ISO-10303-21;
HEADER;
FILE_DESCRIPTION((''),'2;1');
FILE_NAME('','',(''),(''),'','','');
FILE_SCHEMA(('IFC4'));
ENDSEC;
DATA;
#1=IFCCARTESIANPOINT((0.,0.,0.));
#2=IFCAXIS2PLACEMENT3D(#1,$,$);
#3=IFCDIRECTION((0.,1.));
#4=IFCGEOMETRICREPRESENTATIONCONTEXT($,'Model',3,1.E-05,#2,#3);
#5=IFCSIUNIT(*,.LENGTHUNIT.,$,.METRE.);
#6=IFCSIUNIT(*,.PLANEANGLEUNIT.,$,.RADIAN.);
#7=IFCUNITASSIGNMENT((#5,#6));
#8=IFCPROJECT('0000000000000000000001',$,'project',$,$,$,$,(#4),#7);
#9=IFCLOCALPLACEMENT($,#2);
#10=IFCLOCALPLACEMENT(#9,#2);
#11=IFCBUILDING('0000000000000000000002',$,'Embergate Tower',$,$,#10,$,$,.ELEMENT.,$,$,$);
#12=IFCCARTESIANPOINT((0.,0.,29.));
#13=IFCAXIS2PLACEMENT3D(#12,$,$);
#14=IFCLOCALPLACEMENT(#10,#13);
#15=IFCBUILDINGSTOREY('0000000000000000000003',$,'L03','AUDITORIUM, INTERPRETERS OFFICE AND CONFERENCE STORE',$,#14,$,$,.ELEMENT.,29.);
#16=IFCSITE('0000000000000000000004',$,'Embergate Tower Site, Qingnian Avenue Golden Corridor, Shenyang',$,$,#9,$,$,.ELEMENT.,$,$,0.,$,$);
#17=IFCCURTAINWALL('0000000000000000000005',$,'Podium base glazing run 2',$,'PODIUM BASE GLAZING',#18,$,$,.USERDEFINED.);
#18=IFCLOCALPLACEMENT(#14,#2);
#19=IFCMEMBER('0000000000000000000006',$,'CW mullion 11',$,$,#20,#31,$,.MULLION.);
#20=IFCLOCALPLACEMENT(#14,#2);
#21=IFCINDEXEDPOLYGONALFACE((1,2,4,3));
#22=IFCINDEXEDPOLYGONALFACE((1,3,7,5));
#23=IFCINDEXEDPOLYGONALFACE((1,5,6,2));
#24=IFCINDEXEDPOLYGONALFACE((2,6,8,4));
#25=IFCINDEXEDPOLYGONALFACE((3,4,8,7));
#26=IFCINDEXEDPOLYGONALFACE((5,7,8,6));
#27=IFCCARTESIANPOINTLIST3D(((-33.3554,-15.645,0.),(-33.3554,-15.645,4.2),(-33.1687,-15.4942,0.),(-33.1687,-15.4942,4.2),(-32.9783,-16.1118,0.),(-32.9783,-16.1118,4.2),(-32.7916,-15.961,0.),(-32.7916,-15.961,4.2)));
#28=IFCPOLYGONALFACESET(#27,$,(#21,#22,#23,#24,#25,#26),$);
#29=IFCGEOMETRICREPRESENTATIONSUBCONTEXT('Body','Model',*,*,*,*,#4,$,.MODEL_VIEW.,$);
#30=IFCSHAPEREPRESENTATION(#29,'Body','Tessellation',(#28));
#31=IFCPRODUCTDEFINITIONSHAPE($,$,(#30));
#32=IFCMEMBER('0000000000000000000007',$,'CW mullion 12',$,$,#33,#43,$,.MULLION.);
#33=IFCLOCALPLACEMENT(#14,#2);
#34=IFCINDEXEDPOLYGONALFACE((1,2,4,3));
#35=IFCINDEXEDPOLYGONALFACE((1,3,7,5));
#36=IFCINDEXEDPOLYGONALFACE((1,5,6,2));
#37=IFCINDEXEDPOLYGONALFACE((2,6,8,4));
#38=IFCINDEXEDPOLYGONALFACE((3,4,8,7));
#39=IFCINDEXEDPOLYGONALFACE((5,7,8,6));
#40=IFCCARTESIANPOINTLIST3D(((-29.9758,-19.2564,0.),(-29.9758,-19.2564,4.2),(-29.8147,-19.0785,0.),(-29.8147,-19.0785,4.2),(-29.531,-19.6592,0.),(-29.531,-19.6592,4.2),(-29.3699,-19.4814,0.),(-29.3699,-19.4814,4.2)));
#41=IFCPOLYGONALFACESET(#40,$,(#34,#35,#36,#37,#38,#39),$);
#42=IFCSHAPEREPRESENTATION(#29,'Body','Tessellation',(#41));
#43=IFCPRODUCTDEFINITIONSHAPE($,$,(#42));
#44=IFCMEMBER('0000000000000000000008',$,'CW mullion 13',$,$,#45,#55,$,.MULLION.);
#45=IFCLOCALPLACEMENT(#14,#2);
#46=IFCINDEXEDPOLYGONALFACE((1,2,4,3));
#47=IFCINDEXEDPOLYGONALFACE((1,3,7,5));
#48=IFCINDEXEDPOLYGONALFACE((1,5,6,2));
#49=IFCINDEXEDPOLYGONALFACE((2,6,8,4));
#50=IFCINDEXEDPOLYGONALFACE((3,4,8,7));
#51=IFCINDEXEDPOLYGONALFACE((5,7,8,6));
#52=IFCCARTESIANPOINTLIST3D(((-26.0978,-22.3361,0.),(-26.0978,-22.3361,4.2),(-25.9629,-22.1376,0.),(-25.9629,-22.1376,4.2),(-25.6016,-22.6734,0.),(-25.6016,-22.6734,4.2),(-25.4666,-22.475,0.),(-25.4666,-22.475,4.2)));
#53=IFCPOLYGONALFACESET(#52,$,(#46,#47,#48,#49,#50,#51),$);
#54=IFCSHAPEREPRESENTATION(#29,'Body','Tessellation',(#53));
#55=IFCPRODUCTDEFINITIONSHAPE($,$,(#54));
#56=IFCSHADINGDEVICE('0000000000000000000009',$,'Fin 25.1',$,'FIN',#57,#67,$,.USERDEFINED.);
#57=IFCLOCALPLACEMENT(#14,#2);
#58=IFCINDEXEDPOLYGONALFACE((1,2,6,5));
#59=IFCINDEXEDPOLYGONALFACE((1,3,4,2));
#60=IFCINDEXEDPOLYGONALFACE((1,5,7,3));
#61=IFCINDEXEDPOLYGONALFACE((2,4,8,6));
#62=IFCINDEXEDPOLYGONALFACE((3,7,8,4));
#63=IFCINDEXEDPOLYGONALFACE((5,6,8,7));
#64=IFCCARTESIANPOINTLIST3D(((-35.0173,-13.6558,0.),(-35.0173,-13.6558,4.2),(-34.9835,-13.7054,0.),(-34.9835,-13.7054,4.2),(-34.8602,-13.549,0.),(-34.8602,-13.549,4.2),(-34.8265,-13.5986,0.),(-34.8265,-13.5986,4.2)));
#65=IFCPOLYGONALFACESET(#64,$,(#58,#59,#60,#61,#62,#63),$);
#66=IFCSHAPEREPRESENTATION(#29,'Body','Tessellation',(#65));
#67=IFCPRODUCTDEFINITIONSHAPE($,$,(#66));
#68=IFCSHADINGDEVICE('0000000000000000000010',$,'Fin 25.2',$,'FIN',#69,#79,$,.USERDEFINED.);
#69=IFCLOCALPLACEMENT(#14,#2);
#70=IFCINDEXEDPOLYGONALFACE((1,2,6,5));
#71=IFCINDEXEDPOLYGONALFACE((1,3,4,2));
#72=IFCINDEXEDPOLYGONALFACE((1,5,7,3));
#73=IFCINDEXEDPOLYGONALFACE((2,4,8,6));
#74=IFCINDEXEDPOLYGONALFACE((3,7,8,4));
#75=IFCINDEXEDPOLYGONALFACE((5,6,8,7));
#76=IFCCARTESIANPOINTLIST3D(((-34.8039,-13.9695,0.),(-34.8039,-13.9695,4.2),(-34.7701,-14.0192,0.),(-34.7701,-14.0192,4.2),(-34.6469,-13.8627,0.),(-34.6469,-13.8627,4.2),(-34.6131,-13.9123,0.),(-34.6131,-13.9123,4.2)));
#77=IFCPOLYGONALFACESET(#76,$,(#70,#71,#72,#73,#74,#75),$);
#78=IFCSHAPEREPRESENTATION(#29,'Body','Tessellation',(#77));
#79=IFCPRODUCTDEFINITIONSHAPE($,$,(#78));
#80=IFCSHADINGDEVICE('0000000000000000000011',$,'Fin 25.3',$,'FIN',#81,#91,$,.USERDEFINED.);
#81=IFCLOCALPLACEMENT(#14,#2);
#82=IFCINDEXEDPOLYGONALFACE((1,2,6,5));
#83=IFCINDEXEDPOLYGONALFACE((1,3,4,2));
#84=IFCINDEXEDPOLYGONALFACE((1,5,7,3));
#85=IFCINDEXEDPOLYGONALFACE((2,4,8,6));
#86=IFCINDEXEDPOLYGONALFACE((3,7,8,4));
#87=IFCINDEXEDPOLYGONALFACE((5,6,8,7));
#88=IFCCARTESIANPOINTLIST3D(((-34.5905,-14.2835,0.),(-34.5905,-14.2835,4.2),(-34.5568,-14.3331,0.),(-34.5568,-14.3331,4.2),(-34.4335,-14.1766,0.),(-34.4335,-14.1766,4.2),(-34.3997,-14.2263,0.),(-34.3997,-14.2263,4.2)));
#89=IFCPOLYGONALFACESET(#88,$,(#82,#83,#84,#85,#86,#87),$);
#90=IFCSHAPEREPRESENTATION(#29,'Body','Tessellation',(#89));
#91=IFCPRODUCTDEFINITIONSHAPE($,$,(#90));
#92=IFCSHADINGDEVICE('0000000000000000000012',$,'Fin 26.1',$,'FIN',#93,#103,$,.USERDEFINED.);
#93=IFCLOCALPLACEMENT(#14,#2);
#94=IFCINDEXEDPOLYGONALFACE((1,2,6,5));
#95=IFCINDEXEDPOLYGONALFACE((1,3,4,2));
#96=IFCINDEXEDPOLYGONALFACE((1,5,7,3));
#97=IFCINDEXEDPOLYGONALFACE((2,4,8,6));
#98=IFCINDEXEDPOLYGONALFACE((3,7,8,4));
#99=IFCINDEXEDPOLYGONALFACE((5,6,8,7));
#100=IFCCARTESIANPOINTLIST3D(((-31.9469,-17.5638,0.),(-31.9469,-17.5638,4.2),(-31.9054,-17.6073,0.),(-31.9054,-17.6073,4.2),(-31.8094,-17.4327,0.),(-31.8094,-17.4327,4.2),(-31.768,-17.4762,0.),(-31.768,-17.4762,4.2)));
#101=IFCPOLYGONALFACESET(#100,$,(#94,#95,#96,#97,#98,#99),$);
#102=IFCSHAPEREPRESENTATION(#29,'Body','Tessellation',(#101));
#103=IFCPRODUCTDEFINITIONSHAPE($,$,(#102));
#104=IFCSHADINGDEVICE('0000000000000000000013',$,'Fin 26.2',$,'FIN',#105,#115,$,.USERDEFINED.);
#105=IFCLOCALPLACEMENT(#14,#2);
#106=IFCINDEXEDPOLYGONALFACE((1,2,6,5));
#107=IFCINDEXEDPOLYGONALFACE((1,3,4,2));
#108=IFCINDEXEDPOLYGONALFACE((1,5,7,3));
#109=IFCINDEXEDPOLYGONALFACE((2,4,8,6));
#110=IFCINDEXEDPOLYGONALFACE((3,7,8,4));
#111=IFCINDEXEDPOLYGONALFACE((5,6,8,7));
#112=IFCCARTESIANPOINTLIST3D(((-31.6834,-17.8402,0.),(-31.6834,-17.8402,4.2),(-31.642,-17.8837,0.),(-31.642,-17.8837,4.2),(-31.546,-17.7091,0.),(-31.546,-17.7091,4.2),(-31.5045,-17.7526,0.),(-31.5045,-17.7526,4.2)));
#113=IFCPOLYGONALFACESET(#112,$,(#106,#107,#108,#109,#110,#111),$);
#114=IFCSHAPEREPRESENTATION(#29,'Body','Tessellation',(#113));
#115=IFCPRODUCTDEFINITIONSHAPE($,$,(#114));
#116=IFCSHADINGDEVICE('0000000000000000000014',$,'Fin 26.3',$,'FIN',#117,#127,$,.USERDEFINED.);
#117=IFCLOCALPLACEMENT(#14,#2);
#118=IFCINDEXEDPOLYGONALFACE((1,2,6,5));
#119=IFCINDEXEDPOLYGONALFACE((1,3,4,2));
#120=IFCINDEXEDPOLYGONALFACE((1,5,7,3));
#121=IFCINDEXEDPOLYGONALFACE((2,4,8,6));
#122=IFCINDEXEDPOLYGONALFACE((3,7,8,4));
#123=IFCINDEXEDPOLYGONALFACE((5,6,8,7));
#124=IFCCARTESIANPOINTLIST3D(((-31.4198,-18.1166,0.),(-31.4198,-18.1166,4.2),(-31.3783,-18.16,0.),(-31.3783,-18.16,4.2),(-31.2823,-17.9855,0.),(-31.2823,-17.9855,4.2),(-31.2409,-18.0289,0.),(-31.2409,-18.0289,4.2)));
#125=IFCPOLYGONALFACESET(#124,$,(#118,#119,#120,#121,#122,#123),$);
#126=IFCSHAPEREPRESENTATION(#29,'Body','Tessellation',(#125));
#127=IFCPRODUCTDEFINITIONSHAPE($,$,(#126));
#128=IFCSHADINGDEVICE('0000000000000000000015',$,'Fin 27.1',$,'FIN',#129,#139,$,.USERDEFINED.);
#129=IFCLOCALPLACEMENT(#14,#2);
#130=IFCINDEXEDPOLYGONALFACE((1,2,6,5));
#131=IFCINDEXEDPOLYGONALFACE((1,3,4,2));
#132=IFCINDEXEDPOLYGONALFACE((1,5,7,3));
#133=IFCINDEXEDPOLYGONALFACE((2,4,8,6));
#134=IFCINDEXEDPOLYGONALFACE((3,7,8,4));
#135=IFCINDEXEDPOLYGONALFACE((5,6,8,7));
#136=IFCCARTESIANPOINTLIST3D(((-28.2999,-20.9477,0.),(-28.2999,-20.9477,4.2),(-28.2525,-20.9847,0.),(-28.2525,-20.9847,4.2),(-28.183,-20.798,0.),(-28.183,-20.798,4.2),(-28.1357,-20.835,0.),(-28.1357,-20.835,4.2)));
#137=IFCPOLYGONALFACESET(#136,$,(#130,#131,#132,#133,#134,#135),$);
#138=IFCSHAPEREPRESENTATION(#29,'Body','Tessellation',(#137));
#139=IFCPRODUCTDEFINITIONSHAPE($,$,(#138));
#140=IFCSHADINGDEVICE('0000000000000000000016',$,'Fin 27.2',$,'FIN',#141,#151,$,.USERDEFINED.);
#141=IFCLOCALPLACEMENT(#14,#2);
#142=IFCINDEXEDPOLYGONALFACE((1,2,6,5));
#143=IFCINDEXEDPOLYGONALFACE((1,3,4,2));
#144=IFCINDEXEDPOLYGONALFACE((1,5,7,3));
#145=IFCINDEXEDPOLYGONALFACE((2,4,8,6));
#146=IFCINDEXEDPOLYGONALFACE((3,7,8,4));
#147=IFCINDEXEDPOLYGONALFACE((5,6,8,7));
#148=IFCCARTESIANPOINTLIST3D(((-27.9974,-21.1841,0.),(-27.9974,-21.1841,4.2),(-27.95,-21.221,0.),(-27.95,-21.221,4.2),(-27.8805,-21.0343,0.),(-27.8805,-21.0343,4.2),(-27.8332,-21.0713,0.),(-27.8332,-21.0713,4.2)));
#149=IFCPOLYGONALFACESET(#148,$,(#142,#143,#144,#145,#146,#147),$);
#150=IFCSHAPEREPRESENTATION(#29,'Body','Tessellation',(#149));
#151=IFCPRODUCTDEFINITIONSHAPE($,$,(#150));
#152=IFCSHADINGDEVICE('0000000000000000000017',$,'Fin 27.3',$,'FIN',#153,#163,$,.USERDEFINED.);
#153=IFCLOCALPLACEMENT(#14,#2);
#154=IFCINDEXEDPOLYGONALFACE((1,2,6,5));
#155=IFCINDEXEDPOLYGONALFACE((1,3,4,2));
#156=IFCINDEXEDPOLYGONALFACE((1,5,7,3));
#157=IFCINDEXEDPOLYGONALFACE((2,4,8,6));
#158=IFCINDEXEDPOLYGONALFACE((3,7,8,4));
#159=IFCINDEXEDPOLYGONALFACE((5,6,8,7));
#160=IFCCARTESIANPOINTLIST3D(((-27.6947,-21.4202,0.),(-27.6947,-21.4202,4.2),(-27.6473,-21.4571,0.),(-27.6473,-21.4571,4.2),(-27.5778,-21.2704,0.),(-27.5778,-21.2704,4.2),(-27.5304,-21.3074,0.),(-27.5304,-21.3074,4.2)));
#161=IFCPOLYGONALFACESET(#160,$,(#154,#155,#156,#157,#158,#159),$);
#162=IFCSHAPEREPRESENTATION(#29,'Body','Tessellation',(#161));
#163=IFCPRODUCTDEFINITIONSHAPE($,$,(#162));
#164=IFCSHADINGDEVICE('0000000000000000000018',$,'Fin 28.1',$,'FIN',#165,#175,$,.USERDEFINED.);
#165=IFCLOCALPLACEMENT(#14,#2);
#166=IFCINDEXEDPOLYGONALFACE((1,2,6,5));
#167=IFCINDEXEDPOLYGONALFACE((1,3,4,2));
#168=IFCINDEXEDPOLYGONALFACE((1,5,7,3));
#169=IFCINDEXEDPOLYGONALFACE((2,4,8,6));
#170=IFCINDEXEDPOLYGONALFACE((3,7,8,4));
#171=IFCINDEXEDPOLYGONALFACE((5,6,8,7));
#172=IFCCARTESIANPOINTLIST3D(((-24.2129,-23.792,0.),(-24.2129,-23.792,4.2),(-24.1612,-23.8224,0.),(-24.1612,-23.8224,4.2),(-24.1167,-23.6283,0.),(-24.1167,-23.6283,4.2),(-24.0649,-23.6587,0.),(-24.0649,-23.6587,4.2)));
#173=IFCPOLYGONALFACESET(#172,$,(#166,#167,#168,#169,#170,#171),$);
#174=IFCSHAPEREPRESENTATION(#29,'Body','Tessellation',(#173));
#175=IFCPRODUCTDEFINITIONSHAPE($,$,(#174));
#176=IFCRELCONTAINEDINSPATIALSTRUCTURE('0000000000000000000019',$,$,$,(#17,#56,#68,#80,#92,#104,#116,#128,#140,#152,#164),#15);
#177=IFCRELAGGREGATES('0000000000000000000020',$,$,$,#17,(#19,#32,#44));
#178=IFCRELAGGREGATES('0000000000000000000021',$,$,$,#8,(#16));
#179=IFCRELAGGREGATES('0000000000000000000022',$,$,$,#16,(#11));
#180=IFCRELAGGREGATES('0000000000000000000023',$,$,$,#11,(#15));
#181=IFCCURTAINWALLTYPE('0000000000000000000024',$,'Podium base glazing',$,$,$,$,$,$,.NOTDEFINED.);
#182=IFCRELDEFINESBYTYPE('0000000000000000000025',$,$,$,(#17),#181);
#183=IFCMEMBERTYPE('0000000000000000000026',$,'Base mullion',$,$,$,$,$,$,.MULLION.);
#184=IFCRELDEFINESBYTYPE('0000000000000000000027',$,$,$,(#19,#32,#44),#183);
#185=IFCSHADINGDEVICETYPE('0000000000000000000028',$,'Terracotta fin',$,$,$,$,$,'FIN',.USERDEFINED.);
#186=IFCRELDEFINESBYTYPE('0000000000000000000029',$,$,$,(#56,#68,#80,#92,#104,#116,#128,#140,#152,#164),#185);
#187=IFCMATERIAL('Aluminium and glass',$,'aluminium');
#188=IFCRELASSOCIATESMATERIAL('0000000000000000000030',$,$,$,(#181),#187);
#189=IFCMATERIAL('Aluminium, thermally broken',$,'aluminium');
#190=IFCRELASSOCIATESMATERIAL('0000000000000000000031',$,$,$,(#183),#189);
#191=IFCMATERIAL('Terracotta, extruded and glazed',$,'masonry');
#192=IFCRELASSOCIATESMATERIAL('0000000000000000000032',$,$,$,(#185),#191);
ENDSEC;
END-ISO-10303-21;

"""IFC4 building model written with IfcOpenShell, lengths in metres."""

from ifc_helpers import new_model, si_unit, direction, frame, origin, origin_2d, place, context, subcontext, project, spatial, rectangle, extrude, source, transform, mapped, material, material_profile, profile_set, type_object, element, aggregate, save


model = new_model("IFC4")

# Units and contexts
model_context = context("Model", 3, precision=1e-05, world=origin(), true_north=direction((0.0, 1.0)))
body_context = subcontext(model_context, "Body", "Model", "MODEL_VIEW")
ifc_project = project(units=[si_unit("LENGTHUNIT", "METRE"), si_unit("PLANEANGLEUNIT", "RADIAN")], contexts=[model_context])

# Site, building, storey
site_placement = place(None, origin())
site = spatial("IfcSite", under=ifc_project, at=site_placement, Name="Embergate Tower Site, Qingnian Avenue Golden Corridor, Shenyang", CompositionType="ELEMENT", RefElevation=0.0)
building_placement = place(site_placement, origin())
building = spatial("IfcBuilding", under=site, at=building_placement, Name="Embergate Tower", CompositionType="ELEMENT")
storey_placement = place(building_placement, frame((0.0, 0.0, 29.0)))
storey = spatial("IfcBuildingStorey", under=building, at=storey_placement, Name="L03", Description="AUDITORIUM, INTERPRETERS OFFICE AND CONFERENCE STORE", CompositionType="ELEMENT", Elevation=29.0)

# Curtain wall, members
ifc_material_1 = material(Name="Aluminium and glass", Category="aluminium")
curtain_wall_type = type_object("IfcCurtainWallType", Name="Podium base glazing", PredefinedType="NOTDEFINED", material=ifc_material_1)
curtain_wall_placement = place(storey_placement, origin())
curtain_wall = element("IfcCurtainWall", 1, at=curtain_wall_placement, inside=storey, type_object=curtain_wall_type, Name="Podium base glazing run 2", ObjectType="PODIUM BASE GLAZING", PredefinedType="USERDEFINED")
ifc_material_2 = material(Name="Aluminium, thermally broken", Category="aluminium")
ifc_material_profile_1 = material_profile(ifc_material_2, rectangle(XDim=0.24, YDim=0.6001, at=origin_2d()), Name="AL 600x240")
ifc_profile_set_1 = profile_set([ifc_material_profile_1], Name="Aluminium, thermally broken")
member_type = type_object("IfcMemberType", Name="Base mullion", PredefinedType="MULLION", material=ifc_profile_set_1)
shared_shape_1 = source(origin(), body_context, "Body", "SweptSolid", [
    extrude(rectangle(XDim=0.24, YDim=0.6001, at=origin_2d()), origin(), (0.0, 0.0, 1.0), 4.2),
])
member_1_placement = place(storey_placement, frame((-33.0735, -15.803, 0.0), z_axis=(0.0, 0.0, 1.0), x_axis=(0.77788, 0.628413, 0.0)))
member_1 = element("IfcMember", 2, at=member_1_placement, type_object=member_type, Name="CW mullion 11", PredefinedType="MULLION", context=body_context, shape_type="MappedRepresentation", body=[
    mapped(shared_shape_1, transform((0.0, 0.0, 0.0))),
])
member_2_placement = place(storey_placement, frame((-29.6729, -19.3689, 0.0), z_axis=(0.0, 0.0, 1.0), x_axis=(0.671236, 0.741244, 0.0)))
member_2 = element("IfcMember", 3, at=member_2_placement, type_object=member_type, Name="CW mullion 12", PredefinedType="MULLION", context=body_context, shape_type="MappedRepresentation", body=[
    mapped(shared_shape_1, transform((0.0, 0.0, 0.0))),
])
member_3_placement = place(storey_placement, frame((-25.7822, -22.4055, 0.0), z_axis=(0.0, 0.0, 1.0), x_axis=(0.562226, 0.826983, 0.0)))
member_3 = element("IfcMember", 4, at=member_3_placement, type_object=member_type, Name="CW mullion 13", PredefinedType="MULLION", context=body_context, shape_type="MappedRepresentation", body=[
    mapped(shared_shape_1, transform((0.0, 0.0, 0.0))),
])
aggregate(curtain_wall, [member_1, member_2, member_3])

# Shading devices
ifc_material_3 = material(Name="Terracotta, extruded and glazed", Category="masonry")
ifc_material_profile_2 = material_profile(ifc_material_3, rectangle(XDim=0.1899, YDim=0.0601, at=origin_2d()), Name="TC 190x60")
ifc_profile_set_2 = profile_set([ifc_material_profile_2], Name="Terracotta, extruded and glazed")
shading_device_type = type_object("IfcShadingDeviceType", Name="Terracotta fin", ElementType="FIN", PredefinedType="USERDEFINED", material=ifc_profile_set_2)
shared_shape_2 = source(origin(), body_context, "Body", "SweptSolid", [
    extrude(rectangle(XDim=0.1899, YDim=0.0601, at=origin_2d()), origin(), (0.0, 0.0, 1.0), 4.2),
])
for number, where, z_axis, x_axis, name in (
    (5, (-34.9219, -13.6272, 0.0), (0.0, 0.0, 1.0), (0.826911, 0.562333, 0.0), "Fin 25.1"),
    (6, (-34.7085, -13.9409, 0.0), (0.0, 0.0, 1.0), (0.826911, 0.562333, 0.0), "Fin 25.2"),
    (7, (-34.4951, -14.2549, 0.0), (0.0, 0.0, 1.0), (0.826911, 0.562333, 0.0), "Fin 25.3"),
    (8, (-31.8574, -17.52, 0.0), (0.0, 0.0, 1.0), (0.72369, 0.690125, 0.0), "Fin 26.1"),
    (9, (-31.594, -17.7964, 0.0), (0.0, 0.0, 1.0), (0.72369, 0.690125, 0.0), "Fin 26.2"),
    (10, (-31.3303, -18.0728, 0.0), (0.0, 0.0, 1.0), (0.72369, 0.690125, 0.0), "Fin 26.3"),
    (11, (-28.2178, -20.8914, 0.0), (0.0, 0.0, 1.0), (0.615275, 0.788313, 0.0), "Fin 27.1"),
    (12, (-27.9153, -21.1277, 0.0), (0.0, 0.0, 1.0), (0.615275, 0.788313, 0.0), "Fin 27.2"),
    (13, (-27.6125, -21.3638, 0.0), (0.0, 0.0, 1.0), (0.615275, 0.788313, 0.0), "Fin 27.3"),
    (14, (-24.1389, -23.7253, 0.0), (0.0, 0.0, 1.0), (0.506828, 0.862047, 0.0), "Fin 28.1"),
):
    element("IfcShadingDevice", number, at=place(storey_placement, frame(where, z_axis=z_axis, x_axis=x_axis)), inside=storey, type_object=shading_device_type, Name=name, ObjectType="FIN", PredefinedType="USERDEFINED", context=body_context, shape_type="MappedRepresentation", body=[
        mapped(shared_shape_2, transform((0.0, 0.0, 0.0))),
    ])

save(model, "model.ifc")
